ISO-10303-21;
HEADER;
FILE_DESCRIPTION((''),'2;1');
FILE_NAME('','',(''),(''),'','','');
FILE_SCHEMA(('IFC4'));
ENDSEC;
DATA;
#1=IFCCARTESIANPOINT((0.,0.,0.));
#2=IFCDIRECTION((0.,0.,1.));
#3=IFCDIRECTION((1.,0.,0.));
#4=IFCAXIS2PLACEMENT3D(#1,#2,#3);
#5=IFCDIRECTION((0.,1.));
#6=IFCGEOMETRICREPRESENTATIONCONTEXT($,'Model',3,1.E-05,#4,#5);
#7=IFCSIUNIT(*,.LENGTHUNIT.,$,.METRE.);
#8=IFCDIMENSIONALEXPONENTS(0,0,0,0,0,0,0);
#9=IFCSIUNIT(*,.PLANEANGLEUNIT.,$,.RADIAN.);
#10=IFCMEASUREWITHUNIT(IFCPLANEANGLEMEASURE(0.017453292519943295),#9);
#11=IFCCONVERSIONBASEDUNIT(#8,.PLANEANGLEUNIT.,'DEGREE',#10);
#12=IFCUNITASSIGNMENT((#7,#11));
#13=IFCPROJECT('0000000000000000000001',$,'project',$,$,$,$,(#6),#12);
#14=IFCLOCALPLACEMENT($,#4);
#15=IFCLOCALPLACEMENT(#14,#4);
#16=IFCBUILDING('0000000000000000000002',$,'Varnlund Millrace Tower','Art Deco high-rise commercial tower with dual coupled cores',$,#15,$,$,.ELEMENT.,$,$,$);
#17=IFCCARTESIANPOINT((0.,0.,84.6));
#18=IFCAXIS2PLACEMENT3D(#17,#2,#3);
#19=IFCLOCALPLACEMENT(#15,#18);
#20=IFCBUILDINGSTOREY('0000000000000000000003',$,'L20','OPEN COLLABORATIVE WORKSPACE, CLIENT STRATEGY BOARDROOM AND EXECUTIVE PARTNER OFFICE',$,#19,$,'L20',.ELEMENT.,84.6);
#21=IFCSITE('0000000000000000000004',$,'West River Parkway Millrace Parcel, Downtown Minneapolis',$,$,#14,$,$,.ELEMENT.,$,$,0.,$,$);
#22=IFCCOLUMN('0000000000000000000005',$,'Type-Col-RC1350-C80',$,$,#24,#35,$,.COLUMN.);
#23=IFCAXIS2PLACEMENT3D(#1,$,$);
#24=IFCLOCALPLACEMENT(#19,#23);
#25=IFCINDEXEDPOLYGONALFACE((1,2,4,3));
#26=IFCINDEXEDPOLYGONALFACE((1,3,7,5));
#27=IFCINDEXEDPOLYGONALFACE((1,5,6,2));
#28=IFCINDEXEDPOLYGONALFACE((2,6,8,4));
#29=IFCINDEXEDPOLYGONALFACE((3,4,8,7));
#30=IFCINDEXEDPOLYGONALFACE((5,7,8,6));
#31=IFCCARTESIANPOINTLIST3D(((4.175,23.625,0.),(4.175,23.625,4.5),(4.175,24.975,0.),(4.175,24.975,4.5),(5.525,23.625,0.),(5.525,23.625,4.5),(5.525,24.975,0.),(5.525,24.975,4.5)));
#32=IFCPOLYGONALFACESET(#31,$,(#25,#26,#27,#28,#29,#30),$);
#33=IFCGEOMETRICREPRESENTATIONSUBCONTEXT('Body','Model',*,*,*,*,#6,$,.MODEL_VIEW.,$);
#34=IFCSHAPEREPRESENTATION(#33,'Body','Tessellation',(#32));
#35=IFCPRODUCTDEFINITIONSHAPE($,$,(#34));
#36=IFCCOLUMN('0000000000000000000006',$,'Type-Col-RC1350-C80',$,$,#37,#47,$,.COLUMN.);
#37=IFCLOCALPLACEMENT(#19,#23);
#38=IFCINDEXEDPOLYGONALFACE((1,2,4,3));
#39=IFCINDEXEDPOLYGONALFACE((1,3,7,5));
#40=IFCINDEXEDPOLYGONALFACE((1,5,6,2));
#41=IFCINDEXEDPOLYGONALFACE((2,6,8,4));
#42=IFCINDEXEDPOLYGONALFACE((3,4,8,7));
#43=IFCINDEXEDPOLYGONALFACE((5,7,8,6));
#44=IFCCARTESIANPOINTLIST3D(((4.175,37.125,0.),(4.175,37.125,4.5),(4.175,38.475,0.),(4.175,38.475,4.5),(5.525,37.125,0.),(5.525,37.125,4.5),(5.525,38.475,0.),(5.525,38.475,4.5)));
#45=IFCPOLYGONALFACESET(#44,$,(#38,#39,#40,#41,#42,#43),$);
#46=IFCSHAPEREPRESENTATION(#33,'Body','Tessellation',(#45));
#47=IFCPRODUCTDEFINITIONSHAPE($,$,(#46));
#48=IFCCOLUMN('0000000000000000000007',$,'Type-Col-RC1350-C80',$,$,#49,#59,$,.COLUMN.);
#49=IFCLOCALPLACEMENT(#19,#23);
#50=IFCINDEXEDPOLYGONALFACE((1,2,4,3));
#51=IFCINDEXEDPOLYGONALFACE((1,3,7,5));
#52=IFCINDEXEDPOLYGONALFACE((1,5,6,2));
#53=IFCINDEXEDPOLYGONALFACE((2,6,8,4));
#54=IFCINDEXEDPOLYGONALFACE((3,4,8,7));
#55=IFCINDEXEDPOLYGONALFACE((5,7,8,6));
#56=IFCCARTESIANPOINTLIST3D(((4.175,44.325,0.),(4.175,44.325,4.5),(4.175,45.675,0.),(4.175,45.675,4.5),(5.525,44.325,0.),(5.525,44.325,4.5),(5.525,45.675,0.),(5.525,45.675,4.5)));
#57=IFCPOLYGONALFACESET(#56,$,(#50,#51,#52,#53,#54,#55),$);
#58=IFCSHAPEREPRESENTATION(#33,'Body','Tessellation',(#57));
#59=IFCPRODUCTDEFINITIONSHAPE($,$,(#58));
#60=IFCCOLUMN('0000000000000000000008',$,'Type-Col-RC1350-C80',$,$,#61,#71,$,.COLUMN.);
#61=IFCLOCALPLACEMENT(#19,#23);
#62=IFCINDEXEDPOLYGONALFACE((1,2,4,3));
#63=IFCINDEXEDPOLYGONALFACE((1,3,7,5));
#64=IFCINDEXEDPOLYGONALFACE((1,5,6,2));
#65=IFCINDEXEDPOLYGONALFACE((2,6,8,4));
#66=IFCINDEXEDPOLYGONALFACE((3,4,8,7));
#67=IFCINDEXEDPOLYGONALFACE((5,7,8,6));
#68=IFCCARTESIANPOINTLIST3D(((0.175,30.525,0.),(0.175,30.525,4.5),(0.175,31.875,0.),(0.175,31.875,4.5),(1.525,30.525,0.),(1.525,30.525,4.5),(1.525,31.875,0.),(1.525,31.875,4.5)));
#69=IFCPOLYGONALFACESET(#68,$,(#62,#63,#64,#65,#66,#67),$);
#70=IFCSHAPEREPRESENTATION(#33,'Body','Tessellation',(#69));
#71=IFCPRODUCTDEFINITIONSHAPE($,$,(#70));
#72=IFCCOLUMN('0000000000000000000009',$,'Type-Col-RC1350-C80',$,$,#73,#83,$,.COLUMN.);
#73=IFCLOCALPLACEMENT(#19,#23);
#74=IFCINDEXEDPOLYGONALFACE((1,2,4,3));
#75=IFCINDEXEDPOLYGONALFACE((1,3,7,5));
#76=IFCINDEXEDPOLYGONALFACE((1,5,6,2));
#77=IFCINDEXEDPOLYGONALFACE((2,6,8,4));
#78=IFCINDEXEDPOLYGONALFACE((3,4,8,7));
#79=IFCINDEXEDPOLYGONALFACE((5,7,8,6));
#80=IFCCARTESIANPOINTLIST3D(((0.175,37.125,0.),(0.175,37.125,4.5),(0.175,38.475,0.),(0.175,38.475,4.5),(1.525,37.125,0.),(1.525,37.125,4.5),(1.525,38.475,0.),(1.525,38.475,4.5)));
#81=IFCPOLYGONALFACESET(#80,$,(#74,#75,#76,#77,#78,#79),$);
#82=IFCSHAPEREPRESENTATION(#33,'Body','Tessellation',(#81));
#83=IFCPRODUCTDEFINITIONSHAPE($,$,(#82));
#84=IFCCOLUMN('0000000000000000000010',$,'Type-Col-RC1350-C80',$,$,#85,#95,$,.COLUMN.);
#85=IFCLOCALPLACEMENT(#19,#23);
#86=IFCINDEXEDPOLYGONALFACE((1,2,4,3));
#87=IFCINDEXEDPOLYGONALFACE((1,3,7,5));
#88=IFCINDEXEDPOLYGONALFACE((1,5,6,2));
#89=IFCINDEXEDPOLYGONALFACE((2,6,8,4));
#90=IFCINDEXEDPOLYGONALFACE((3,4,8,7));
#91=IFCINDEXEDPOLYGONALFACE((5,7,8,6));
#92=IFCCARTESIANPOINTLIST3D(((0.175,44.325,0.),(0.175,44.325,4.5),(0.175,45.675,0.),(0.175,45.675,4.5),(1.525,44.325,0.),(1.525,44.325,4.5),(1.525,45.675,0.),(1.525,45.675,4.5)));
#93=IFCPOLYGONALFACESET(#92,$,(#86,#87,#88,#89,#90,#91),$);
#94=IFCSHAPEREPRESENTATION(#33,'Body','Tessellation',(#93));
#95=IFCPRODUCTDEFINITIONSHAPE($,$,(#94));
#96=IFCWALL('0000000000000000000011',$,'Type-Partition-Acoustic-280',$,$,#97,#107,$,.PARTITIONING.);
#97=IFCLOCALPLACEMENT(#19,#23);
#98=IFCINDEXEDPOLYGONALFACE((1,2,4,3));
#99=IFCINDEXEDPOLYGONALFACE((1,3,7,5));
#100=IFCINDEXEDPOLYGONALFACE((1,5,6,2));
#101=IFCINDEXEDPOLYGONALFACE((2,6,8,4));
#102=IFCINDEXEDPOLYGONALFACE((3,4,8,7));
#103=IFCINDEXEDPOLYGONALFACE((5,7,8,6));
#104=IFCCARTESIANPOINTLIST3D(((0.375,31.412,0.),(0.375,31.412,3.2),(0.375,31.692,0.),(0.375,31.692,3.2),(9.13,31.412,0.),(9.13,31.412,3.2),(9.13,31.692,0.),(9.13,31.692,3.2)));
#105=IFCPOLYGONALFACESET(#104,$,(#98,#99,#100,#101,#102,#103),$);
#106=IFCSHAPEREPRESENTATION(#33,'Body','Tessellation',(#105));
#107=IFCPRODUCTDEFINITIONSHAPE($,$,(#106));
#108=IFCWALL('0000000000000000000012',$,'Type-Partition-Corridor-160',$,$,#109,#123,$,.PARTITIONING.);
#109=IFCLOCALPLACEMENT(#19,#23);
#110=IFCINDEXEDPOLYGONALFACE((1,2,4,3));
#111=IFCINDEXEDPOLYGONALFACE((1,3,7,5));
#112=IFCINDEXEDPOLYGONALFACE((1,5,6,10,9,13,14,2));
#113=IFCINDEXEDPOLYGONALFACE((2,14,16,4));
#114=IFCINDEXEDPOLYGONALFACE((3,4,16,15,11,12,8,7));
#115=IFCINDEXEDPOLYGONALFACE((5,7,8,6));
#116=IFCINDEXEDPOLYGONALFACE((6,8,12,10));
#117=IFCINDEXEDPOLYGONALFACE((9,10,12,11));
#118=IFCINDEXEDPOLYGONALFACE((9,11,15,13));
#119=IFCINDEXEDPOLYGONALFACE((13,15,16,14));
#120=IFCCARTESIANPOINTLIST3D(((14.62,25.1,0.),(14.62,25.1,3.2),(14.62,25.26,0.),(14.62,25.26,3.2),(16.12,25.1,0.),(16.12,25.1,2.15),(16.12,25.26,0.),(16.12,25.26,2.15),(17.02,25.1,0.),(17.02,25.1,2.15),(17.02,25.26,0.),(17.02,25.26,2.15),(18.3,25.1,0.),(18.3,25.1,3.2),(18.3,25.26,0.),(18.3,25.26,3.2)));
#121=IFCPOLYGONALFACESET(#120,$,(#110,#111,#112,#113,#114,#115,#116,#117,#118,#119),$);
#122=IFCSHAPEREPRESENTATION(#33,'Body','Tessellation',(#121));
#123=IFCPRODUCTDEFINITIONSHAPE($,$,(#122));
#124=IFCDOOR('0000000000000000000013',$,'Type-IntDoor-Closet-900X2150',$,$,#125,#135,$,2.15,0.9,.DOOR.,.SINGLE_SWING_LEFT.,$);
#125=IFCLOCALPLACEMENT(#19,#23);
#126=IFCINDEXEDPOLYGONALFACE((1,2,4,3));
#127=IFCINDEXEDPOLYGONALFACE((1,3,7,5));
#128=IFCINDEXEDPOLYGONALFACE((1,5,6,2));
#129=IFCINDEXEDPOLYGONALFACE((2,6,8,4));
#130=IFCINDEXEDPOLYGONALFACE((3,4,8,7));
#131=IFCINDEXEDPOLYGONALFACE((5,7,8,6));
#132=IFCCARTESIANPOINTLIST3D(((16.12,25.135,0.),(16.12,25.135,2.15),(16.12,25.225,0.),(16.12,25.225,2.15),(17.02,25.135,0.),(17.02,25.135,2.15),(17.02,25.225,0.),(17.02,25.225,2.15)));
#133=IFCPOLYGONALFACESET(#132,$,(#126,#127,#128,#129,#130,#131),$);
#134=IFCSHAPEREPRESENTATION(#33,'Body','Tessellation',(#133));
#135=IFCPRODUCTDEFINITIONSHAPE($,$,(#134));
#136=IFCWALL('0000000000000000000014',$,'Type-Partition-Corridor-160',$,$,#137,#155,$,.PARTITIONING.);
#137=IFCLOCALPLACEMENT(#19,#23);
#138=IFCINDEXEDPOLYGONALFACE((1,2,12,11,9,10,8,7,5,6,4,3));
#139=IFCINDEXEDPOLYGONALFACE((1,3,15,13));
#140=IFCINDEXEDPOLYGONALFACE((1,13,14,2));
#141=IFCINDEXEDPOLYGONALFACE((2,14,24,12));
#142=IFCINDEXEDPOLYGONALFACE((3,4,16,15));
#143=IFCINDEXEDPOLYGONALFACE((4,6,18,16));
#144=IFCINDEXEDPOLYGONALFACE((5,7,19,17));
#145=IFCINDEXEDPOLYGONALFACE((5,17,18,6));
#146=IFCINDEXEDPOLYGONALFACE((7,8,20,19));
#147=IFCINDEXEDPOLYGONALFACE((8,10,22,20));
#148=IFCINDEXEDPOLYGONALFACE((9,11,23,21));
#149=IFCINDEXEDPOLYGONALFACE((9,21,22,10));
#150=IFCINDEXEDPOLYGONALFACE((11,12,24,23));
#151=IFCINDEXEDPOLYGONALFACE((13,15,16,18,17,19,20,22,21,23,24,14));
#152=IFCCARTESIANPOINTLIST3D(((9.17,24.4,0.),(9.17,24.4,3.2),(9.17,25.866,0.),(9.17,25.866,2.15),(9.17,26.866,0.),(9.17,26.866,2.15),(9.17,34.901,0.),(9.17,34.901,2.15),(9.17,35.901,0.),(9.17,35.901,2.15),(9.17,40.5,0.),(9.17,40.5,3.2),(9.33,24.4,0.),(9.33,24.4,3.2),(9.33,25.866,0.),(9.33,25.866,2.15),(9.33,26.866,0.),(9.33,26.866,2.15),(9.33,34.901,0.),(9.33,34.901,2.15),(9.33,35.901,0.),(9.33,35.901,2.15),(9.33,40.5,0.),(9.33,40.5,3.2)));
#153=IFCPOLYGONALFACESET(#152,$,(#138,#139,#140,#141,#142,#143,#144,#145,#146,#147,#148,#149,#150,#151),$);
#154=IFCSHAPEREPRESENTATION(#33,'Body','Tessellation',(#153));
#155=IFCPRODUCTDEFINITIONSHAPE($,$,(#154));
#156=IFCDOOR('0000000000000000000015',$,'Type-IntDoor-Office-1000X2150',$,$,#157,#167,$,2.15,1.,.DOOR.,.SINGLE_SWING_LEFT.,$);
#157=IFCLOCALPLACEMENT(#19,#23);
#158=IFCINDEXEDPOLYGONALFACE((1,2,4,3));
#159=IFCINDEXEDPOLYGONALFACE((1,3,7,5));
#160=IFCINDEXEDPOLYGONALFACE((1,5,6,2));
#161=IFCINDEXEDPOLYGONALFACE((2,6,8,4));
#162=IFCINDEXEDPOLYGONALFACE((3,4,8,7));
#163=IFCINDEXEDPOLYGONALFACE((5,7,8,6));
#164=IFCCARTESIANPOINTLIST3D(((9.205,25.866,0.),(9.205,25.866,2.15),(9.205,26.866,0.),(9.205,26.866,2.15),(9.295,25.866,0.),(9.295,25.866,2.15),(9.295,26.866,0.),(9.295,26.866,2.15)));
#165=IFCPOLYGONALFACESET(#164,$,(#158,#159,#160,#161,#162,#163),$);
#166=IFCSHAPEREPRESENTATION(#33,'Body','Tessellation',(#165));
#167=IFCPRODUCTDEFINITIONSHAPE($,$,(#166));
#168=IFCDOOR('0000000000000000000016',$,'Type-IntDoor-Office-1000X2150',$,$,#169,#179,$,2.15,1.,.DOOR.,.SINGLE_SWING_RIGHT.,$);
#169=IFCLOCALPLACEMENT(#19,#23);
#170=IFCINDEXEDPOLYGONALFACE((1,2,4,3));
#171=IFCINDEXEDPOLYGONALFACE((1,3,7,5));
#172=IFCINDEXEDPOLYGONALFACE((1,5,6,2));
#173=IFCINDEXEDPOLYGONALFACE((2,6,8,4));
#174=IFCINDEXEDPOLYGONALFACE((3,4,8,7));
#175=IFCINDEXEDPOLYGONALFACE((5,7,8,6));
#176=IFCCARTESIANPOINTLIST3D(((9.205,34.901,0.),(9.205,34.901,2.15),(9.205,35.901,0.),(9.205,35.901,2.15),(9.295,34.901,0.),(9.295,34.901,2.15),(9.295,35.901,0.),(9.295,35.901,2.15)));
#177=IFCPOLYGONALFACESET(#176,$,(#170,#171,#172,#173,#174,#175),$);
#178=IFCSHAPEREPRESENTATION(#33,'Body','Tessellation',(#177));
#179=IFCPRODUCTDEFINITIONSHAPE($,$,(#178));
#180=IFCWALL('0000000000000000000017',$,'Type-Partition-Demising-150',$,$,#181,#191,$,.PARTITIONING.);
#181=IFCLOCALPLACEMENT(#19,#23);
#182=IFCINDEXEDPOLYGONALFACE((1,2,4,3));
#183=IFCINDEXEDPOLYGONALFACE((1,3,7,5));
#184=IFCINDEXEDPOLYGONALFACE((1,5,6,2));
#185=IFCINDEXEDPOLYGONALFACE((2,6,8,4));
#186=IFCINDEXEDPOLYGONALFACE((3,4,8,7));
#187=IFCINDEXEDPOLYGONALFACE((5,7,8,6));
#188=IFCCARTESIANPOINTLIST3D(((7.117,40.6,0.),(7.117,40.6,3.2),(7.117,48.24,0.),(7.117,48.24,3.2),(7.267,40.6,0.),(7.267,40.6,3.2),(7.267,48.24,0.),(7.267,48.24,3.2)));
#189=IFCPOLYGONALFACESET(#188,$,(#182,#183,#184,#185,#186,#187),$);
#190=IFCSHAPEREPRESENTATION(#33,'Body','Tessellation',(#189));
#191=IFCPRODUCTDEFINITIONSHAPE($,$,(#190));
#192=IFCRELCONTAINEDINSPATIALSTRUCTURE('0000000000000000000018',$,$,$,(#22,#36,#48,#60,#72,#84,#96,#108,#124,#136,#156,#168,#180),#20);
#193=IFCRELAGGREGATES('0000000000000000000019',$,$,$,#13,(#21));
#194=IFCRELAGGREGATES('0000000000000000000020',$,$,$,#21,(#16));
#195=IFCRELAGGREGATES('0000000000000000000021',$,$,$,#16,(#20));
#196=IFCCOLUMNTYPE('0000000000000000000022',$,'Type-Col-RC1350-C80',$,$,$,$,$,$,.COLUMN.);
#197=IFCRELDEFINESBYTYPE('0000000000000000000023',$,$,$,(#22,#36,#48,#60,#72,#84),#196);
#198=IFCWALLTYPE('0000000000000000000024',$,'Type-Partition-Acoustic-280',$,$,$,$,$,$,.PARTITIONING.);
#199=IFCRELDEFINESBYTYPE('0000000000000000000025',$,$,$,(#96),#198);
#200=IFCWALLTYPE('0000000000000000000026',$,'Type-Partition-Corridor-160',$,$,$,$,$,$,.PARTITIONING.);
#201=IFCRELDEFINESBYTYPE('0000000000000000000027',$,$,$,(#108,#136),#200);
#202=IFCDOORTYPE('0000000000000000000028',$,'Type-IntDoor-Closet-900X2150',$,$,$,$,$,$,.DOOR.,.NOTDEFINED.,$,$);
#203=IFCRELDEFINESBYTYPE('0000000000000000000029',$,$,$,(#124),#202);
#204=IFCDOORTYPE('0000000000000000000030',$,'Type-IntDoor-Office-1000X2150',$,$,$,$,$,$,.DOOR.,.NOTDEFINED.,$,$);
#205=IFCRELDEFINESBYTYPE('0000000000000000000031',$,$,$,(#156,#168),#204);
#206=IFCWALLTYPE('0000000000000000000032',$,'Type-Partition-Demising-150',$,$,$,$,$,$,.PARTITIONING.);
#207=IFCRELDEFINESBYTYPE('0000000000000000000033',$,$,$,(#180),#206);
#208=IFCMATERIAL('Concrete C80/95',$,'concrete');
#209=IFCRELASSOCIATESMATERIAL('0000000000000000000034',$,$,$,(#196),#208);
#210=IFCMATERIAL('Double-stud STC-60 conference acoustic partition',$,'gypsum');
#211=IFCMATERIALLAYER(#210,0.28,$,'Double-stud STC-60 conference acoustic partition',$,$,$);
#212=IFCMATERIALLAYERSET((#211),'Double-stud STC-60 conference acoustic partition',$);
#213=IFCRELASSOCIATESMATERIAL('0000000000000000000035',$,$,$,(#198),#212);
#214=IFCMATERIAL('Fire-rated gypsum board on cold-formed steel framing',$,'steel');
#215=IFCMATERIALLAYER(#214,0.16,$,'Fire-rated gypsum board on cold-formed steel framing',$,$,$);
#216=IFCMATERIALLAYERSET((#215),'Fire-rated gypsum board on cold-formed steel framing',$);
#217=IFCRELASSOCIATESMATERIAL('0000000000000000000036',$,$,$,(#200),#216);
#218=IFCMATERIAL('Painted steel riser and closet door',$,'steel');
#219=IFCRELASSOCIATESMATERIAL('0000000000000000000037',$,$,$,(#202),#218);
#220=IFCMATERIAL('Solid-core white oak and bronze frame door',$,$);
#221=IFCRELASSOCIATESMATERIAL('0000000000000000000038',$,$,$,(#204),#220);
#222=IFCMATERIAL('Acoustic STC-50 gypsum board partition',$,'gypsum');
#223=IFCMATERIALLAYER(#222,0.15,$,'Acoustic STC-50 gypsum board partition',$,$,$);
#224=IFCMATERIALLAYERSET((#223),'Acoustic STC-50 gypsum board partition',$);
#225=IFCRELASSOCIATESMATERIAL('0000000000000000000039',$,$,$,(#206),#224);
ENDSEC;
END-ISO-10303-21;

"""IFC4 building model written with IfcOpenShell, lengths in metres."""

from ifc_helpers import new_model, entity, si_unit, converted_unit, direction, frame, origin_with_axes, origin_2d_with_axis, place, context, subcontext, project, spatial, polyline, rectangle, outline, extrude, material, layer, layer_set, material_profile, profile_set, type_object, element, fill, save


model = new_model("IFC4")

# Units and contexts
model_context = context("Model", 3, precision=1e-05, world=origin_with_axes(), true_north=direction((0.0, 1.0)))
body_context = subcontext(model_context, "Body", "Model", "MODEL_VIEW")
ifc_project = project(units=[si_unit("LENGTHUNIT", "METRE"), converted_unit("PLANEANGLEUNIT", "DEGREE", entity("IfcPlaneAngleMeasure", 0.017453292519943295), si_unit("PLANEANGLEUNIT", "RADIAN"), dimensions=[0, 0, 0, 0, 0, 0, 0])], contexts=[model_context])

# Site, building, storey
site_placement = place(None, origin_with_axes())
site = spatial("IfcSite", under=ifc_project, at=site_placement, Name="West River Parkway Millrace Parcel, Downtown Minneapolis", CompositionType="ELEMENT", RefElevation=0.0)
building_placement = place(site_placement, origin_with_axes())
building = spatial("IfcBuilding", under=site, at=building_placement, Name="Varnlund Millrace Tower", Description="Art Deco high-rise commercial tower with dual coupled cores", CompositionType="ELEMENT")
storey_placement = place(building_placement, frame((0.0, 0.0, 84.6), z_axis=(0.0, 0.0, 1.0), x_axis=(1.0, 0.0, 0.0)))
storey = spatial("IfcBuildingStorey", under=building, at=storey_placement, Name="L20", Description="OPEN COLLABORATIVE WORKSPACE, CLIENT STRATEGY BOARDROOM AND EXECUTIVE PARTNER OFFICE", LongName="L20", CompositionType="ELEMENT", Elevation=84.6)

# Columns
ifc_material_1 = material(Name="Concrete C80/95", Category="concrete")
ifc_material_profile = material_profile(ifc_material_1, rectangle(XDim=1.35, YDim=1.35, at=origin_2d_with_axis()), Name="Concrete C80/95")
ifc_profile_set = profile_set([ifc_material_profile], Name="Concrete C80/95")
column_type = type_object("IfcColumnType", Name="Type-Col-RC1350-C80", PredefinedType="COLUMN", material=ifc_profile_set)
for number, where, z_axis, x_axis, name in (
    (1, (4.85, 24.3, 0.0), (0.0, 0.0, 1.0), (1.0, 0.0, 0.0), "Type-Col-RC1350-C80"),
    (2, (4.85, 37.8, 0.0), (0.0, 0.0, 1.0), (1.0, 0.0, 0.0), "Type-Col-RC1350-C80"),
    (3, (4.85, 45.0, 0.0), (0.0, 0.0, 1.0), (1.0, 0.0, 0.0), "Type-Col-RC1350-C80"),
    (4, (0.85, 31.2, 0.0), (0.0, 0.0, 1.0), (1.0, 0.0, 0.0), "Type-Col-RC1350-C80"),
    (5, (0.85, 37.8, 0.0), (0.0, 0.0, 1.0), (1.0, 0.0, 0.0), "Type-Col-RC1350-C80"),
    (6, (0.85, 45.0, 0.0), (0.0, 0.0, 1.0), (1.0, 0.0, 0.0), "Type-Col-RC1350-C80"),
):
    element("IfcColumn", number, at=place(storey_placement, frame(where, z_axis=z_axis, x_axis=x_axis)), inside=storey, type_object=column_type, Name=name, PredefinedType="COLUMN", context=body_context, shape_type="SweptSolid", body=[
        extrude(rectangle(XDim=1.35, YDim=1.35, at=origin_2d_with_axis()), origin_with_axes(), (0.0, 0.0, 1.0), 4.5),
    ])

# Wall
ifc_material_2 = material(Name="Double-stud STC-60 conference acoustic partition", Category="gypsum")
ifc_layer_1 = layer(ifc_material_2, 0.28, Name="Double-stud STC-60 conference acoustic partition")
ifc_layer_set_1 = layer_set([ifc_layer_1], Name="Double-stud STC-60 conference acoustic partition")
wall_type_1 = type_object("IfcWallType", Name="Type-Partition-Acoustic-280", PredefinedType="PARTITIONING", material=ifc_layer_set_1)
wall_1_placement = place(storey_placement, frame((0.375, 31.552, 0.0), z_axis=(0.0, 0.0, 1.0), x_axis=(1.0, 0.0, 0.0)))
element("IfcWall", 7, at=wall_1_placement, inside=storey, type_object=wall_type_1, Name="Type-Partition-Acoustic-280", PredefinedType="PARTITIONING", context=body_context, shape_type="SweptSolid", body=[
    extrude(outline(polyline([(0.0, -0.14), (8.755, -0.14), (8.755, 0.14), (0.0, 0.14), (0.0, -0.14)])), origin_with_axes(), (0.0, 0.0, 1.0), 3.2),
])

# Wall, opening, door
ifc_material_3 = material(Name="Fire-rated gypsum board on cold-formed steel framing", Category="steel")
ifc_layer_2 = layer(ifc_material_3, 0.16, Name="Fire-rated gypsum board on cold-formed steel framing")
ifc_layer_set_2 = layer_set([ifc_layer_2], Name="Fire-rated gypsum board on cold-formed steel framing")
wall_type_2 = type_object("IfcWallType", Name="Type-Partition-Corridor-160", PredefinedType="PARTITIONING", material=ifc_layer_set_2)
wall_2_placement = place(storey_placement, frame((14.62, 25.18, 0.0), z_axis=(0.0, 0.0, 1.0), x_axis=(1.0, 0.0, 0.0)))
wall_2 = element("IfcWall", 8, at=wall_2_placement, inside=storey, type_object=wall_type_2, Name="Type-Partition-Corridor-160", PredefinedType="PARTITIONING", context=body_context, shape_type="SweptSolid", body=[
    extrude(outline(polyline([(0.0, -0.08), (3.68, -0.08), (3.68, 0.08), (0.0, 0.08), (0.0, -0.08)])), origin_with_axes(), (0.0, 0.0, 1.0), 3.2),
])
opening_1_placement = place(wall_2_placement, frame((1.95, 0.0, 0.0), z_axis=(0.0, 0.0, 1.0), x_axis=(1.0, 0.0, 0.0)))
opening_1 = element("IfcOpeningElement", 9, at=opening_1_placement, cuts=wall_2, PredefinedType="OPENING", context=body_context, shape_type="SweptSolid", body=[
    extrude(rectangle(XDim=0.9, YDim=0.18, at=origin_2d_with_axis()), origin_with_axes(), (0.0, 0.0, 1.0), 2.15),
])
ifc_material_4 = material(Name="Painted steel riser and closet door", Category="steel")
door_type_1 = type_object("IfcDoorType", Name="Type-IntDoor-Closet-900X2150", OperationType="NOTDEFINED", PredefinedType="DOOR", material=ifc_material_4)
door_1_placement = place(wall_2_placement, frame((1.95, 0.0, 0.0), z_axis=(0.0, 0.0, 1.0), x_axis=(1.0, 0.0, 0.0)))
door_1 = element("IfcDoor", 10, at=door_1_placement, inside=storey, type_object=door_type_1, Name="Type-IntDoor-Closet-900X2150", OperationType="SINGLE_SWING_LEFT", OverallHeight=2.15, OverallWidth=0.9, PredefinedType="DOOR", context=body_context, shape_type="SweptSolid", body=[
    extrude(rectangle(XDim=0.9, YDim=0.09, at=origin_2d_with_axis()), origin_with_axes(), (0.0, 0.0, 1.0), 2.15),
])
fill(opening_1, door_1)

# Wall, openings, doors
ifc_material_5 = material(Name="Solid-core white oak and bronze frame door")
door_type_2 = type_object("IfcDoorType", Name="Type-IntDoor-Office-1000X2150", OperationType="NOTDEFINED", PredefinedType="DOOR", material=ifc_material_5)
wall_3_placement = place(storey_placement, frame((9.25, 24.4, 0.0), z_axis=(0.0, 0.0, 1.0), x_axis=(0.0, 1.0, 0.0)))
wall_3 = element("IfcWall", 11, at=wall_3_placement, inside=storey, type_object=wall_type_2, Name="Type-Partition-Corridor-160", PredefinedType="PARTITIONING", context=body_context, shape_type="SweptSolid", body=[
    extrude(outline(polyline([(0.0, -0.08), (16.1, -0.08), (16.1, 0.08), (0.0, 0.08), (0.0, -0.08)])), origin_with_axes(), (0.0, 0.0, 1.0), 3.2),
])
opening_2_placement = place(wall_3_placement, frame((1.966, 0.0, 0.0), z_axis=(0.0, 0.0, 1.0), x_axis=(1.0, 0.0, 0.0)))
opening_2 = element("IfcOpeningElement", 12, at=opening_2_placement, cuts=wall_3, PredefinedType="OPENING", context=body_context, shape_type="SweptSolid", body=[
    extrude(rectangle(XDim=1.0, YDim=0.18, at=origin_2d_with_axis()), origin_with_axes(), (0.0, 0.0, 1.0), 2.15),
])
opening_3_placement = place(wall_3_placement, frame((11.001, 0.0, 0.0), z_axis=(0.0, 0.0, 1.0), x_axis=(1.0, 0.0, 0.0)))
opening_3 = element("IfcOpeningElement", 13, at=opening_3_placement, cuts=wall_3, PredefinedType="OPENING", context=body_context, shape_type="SweptSolid", body=[
    extrude(rectangle(XDim=1.0, YDim=0.18, at=origin_2d_with_axis()), origin_with_axes(), (0.0, 0.0, 1.0), 2.15),
])
door_2_placement = place(wall_3_placement, frame((1.966, 0.0, 0.0), z_axis=(0.0, 0.0, 1.0), x_axis=(1.0, 0.0, 0.0)))
door_2 = element("IfcDoor", 14, at=door_2_placement, inside=storey, type_object=door_type_2, Name="Type-IntDoor-Office-1000X2150", OperationType="SINGLE_SWING_LEFT", OverallHeight=2.15, OverallWidth=1.0, PredefinedType="DOOR", context=body_context, shape_type="SweptSolid", body=[
    extrude(rectangle(XDim=1.0, YDim=0.09, at=origin_2d_with_axis()), origin_with_axes(), (0.0, 0.0, 1.0), 2.15),
])
fill(opening_2, door_2)
door_3_placement = place(wall_3_placement, frame((11.001, 0.0, 0.0), z_axis=(0.0, 0.0, 1.0), x_axis=(1.0, 0.0, 0.0)))
door_3 = element("IfcDoor", 15, at=door_3_placement, inside=storey, type_object=door_type_2, Name="Type-IntDoor-Office-1000X2150", OperationType="SINGLE_SWING_RIGHT", OverallHeight=2.15, OverallWidth=1.0, PredefinedType="DOOR", context=body_context, shape_type="SweptSolid", body=[
    extrude(rectangle(XDim=1.0, YDim=0.09, at=origin_2d_with_axis()), origin_with_axes(), (0.0, 0.0, 1.0), 2.15),
])
fill(opening_3, door_3)

# Wall
ifc_material_6 = material(Name="Acoustic STC-50 gypsum board partition", Category="gypsum")
ifc_layer_3 = layer(ifc_material_6, 0.15, Name="Acoustic STC-50 gypsum board partition")
ifc_layer_set_3 = layer_set([ifc_layer_3], Name="Acoustic STC-50 gypsum board partition")
wall_type_3 = type_object("IfcWallType", Name="Type-Partition-Demising-150", PredefinedType="PARTITIONING", material=ifc_layer_set_3)
wall_4_placement = place(storey_placement, frame((7.192, 40.6, 0.0), z_axis=(0.0, 0.0, 1.0), x_axis=(0.0, 1.0, 0.0)))
element("IfcWall", 16, at=wall_4_placement, inside=storey, type_object=wall_type_3, Name="Type-Partition-Demising-150", PredefinedType="PARTITIONING", context=body_context, shape_type="SweptSolid", body=[
    extrude(outline(polyline([(0.0, -0.075), (7.64, -0.075), (7.64, 0.075), (0.0, 0.075), (0.0, -0.075)])), origin_with_axes(), (0.0, 0.0, 1.0), 3.2),
])

save(model, "model.ifc")
